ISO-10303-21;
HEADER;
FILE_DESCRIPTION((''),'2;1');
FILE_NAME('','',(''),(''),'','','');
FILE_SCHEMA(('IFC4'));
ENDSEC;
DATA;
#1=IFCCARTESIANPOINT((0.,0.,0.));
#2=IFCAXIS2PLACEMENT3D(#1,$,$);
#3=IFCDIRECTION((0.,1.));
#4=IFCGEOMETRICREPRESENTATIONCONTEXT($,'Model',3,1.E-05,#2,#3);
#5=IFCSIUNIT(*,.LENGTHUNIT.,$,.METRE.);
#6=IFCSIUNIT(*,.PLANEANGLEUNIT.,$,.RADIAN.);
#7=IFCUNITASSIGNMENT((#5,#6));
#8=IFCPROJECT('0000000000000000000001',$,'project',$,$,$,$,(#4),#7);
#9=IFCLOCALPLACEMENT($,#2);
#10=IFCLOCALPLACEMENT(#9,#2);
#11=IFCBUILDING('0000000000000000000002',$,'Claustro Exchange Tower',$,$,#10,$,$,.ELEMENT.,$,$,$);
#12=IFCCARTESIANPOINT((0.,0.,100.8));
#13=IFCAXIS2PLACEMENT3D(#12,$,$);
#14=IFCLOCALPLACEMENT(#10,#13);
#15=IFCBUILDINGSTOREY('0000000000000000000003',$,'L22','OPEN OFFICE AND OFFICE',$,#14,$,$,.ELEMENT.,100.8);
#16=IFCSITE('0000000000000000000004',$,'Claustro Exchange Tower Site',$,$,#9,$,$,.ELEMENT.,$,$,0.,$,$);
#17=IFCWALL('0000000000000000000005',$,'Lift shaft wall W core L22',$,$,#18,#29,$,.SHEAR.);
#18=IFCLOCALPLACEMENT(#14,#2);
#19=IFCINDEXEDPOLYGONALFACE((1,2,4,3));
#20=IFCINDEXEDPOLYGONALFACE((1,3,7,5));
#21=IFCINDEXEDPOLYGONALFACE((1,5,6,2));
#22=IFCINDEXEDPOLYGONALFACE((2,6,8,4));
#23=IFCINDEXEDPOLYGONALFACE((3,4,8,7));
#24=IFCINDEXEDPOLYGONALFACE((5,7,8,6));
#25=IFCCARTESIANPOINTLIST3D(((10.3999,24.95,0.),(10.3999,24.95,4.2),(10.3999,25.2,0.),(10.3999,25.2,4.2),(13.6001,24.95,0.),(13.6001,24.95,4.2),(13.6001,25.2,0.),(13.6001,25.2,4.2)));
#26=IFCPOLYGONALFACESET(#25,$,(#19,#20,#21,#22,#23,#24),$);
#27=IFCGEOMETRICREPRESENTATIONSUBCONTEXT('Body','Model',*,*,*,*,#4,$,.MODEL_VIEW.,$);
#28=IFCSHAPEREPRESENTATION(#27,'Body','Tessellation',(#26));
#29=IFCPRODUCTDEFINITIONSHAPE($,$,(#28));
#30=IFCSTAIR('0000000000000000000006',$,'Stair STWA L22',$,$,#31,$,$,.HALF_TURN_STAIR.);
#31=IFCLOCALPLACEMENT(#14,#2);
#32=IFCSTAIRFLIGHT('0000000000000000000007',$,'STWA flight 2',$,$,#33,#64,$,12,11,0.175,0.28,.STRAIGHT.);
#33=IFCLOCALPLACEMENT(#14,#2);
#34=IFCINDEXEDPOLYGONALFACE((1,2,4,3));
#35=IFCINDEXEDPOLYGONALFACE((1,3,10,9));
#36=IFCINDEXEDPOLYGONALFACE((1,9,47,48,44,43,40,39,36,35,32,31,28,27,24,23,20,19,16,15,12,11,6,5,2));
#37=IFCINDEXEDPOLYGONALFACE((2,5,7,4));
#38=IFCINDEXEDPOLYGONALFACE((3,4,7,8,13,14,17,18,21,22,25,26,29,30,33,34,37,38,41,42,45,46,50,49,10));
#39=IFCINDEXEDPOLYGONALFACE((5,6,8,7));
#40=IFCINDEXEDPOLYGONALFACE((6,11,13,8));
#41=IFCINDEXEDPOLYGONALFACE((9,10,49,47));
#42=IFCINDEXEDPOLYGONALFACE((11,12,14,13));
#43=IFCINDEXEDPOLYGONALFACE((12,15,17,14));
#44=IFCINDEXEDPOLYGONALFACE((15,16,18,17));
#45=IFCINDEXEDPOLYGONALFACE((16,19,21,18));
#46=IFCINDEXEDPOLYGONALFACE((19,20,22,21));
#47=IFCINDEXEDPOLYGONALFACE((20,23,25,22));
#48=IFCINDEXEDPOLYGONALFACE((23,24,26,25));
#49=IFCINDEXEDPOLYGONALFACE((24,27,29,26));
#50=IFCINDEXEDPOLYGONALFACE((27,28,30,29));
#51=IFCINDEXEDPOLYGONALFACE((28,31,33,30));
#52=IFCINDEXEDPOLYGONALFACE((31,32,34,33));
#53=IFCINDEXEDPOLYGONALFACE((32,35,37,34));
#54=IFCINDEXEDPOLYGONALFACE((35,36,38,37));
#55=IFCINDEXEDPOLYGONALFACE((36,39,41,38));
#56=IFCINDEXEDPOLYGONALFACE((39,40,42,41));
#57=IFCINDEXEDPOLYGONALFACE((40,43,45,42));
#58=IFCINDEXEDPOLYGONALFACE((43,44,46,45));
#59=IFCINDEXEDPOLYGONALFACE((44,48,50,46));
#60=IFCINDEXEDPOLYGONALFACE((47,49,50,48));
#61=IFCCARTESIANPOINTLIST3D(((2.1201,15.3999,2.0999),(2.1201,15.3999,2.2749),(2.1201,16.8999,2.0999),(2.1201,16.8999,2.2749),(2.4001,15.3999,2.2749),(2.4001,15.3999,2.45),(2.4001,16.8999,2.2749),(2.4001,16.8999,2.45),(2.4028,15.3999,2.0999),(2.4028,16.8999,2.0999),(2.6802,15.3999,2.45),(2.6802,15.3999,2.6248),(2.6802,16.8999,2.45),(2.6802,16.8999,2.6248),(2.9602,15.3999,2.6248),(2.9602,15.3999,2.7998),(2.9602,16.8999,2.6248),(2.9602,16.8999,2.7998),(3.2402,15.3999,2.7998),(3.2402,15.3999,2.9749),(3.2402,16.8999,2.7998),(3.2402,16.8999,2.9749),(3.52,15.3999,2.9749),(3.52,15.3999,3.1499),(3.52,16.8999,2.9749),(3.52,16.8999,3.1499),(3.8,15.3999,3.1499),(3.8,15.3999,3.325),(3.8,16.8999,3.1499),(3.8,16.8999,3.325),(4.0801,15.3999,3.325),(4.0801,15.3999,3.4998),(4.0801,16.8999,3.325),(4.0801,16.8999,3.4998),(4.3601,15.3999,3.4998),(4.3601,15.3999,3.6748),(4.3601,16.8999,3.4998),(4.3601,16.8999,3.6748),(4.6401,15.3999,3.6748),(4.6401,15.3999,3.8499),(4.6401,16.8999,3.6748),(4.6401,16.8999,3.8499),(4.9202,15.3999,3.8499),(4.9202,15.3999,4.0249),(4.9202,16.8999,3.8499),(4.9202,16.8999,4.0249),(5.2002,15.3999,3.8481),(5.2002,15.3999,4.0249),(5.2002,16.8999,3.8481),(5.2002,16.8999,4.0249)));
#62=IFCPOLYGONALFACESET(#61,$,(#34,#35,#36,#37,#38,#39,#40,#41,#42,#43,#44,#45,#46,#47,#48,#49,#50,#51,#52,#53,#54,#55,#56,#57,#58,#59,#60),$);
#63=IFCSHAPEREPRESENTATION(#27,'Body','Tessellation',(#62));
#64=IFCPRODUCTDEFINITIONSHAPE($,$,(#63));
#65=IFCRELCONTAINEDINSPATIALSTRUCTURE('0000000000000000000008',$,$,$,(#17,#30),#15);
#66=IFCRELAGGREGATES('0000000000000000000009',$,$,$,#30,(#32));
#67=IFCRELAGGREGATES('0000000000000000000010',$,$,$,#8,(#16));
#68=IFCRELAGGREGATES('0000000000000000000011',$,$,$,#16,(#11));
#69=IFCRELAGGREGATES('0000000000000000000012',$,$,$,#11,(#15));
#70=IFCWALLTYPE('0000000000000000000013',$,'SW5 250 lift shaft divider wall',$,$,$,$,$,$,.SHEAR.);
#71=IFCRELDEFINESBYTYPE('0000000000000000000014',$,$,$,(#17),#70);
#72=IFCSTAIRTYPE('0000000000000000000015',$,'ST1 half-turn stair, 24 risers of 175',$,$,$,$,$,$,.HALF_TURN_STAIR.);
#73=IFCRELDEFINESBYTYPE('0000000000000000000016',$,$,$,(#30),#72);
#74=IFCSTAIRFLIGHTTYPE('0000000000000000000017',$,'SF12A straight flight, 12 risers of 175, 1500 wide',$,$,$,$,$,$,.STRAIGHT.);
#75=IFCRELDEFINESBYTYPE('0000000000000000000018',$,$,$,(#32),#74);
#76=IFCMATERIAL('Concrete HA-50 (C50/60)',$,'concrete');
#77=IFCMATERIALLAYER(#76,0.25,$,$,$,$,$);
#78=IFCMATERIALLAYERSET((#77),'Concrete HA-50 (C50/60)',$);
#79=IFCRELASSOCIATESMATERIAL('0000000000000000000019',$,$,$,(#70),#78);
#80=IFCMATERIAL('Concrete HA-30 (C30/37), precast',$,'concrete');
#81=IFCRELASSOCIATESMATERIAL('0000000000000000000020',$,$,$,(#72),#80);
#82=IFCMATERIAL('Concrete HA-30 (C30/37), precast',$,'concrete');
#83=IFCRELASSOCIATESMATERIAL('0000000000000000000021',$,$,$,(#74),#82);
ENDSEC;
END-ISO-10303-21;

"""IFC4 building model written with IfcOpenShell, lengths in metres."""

from ifc_helpers import new_model, si_unit, direction, frame, frame_2d, origin, place, context, subcontext, project, spatial, polyline, rectangle, outline, extrude, material, layer, layer_set, type_object, element, aggregate, save


model = new_model("IFC4")

# Units and contexts
model_context = context("Model", 3, precision=1e-05, world=origin(), true_north=direction((0.0, 1.0)))
body_context = subcontext(model_context, "Body", "Model", "MODEL_VIEW")
ifc_project = project(units=[si_unit("LENGTHUNIT", "METRE"), si_unit("PLANEANGLEUNIT", "RADIAN")], contexts=[model_context])

# Site, building, storey
site_placement = place(None, origin())
site = spatial("IfcSite", under=ifc_project, at=site_placement, Name="Claustro Exchange Tower Site", CompositionType="ELEMENT", RefElevation=0.0)
building_placement = place(site_placement, origin())
building = spatial("IfcBuilding", under=site, at=building_placement, Name="Claustro Exchange Tower", CompositionType="ELEMENT")
storey_placement = place(building_placement, frame((0.0, 0.0, 100.8)))
storey = spatial("IfcBuildingStorey", under=building, at=storey_placement, Name="L22", Description="OPEN OFFICE AND OFFICE", CompositionType="ELEMENT", Elevation=100.8)

# Wall
ifc_material_1 = material(Name="Concrete HA-50 (C50/60)", Category="concrete")
ifc_layer_1 = layer(ifc_material_1, 0.25)
ifc_layer_set_1 = layer_set([ifc_layer_1], Name="Concrete HA-50 (C50/60)")
wall_type_1 = type_object("IfcWallType", Name="SW5 250 lift shaft divider wall", PredefinedType="SHEAR", material=ifc_layer_set_1)
wall_1_placement = place(storey_placement, frame((10.3999, 25.075, 0.0), z_axis=(0.0, 0.0, 1.0), x_axis=(1.0, 0.0, 0.0)))
element("IfcWall", 1, at=wall_1_placement, inside=storey, type_object=wall_type_1, Name="Lift shaft wall W core L22", PredefinedType="SHEAR", context=body_context, shape_type="SweptSolid", body=[
    extrude(rectangle(XDim=3.2002, YDim=0.25, at=frame_2d((1.6001, 0.0))), origin(), (0.0, 0.0, 1.0), 4.2),
])

# Stair, stair flight
ifc_material_2 = material(Name="Concrete HA-30 (C30/37), precast", Category="concrete")
stair_type = type_object("IfcStairType", Name="ST1 half-turn stair, 24 risers of 175", PredefinedType="HALF_TURN_STAIR", material=ifc_material_2)
stair_placement = place(storey_placement, origin())
stair = element("IfcStair", 2, at=stair_placement, inside=storey, type_object=stair_type, Name="Stair STWA L22", PredefinedType="HALF_TURN_STAIR")
ifc_material_3 = material(Name="Concrete HA-30 (C30/37), precast", Category="concrete")
stair_flight_type = type_object("IfcStairFlightType", Name="SF12A straight flight, 12 risers of 175, 1500 wide", PredefinedType="STRAIGHT", material=ifc_material_3)
stair_flight_placement = place(storey_placement, frame((2.1201, 16.1499, 2.0999), z_axis=(0.0, 0.0, 1.0), x_axis=(1.0, 0.0, 0.0)))
stair_flight = element("IfcStairFlight", 3, at=stair_flight_placement, type_object=stair_flight_type, Name="STWA flight 2", NumberOfRisers=12, NumberOfTreads=11, PredefinedType="STRAIGHT", RiserHeight=0.175, TreadLength=0.28, context=body_context, shape_type="SweptSolid", body=[
    extrude(outline(polyline([(0.0, 0.0), (0.0, 0.175), (0.28, 0.175), (0.28, 0.3501), (0.5601, 0.3501), (0.5601, 0.5249), (0.8401, 0.5249), (0.8401, 0.7), (1.1201, 0.7), (1.1201, 0.875), (1.3999, 0.875), (1.3999, 1.05), (1.6799, 1.05), (1.6799, 1.2251), (1.96, 1.2251), (1.96, 1.3999), (2.24, 1.3999), (2.24, 1.575), (2.52, 1.575), (2.52, 1.75), (2.8, 1.75), (2.8, 1.925), (3.0801, 1.925), (3.0801, 2.1001), (3.0801, 1.7483), (0.2827, 0.0), (0.0, 0.0)])), frame((0.0, 0.75, 0.0), z_axis=(0.0, -1.0, 0.0), x_axis=(1.0, 0.0, 0.0)), (0.0, 0.0, 1.0), 1.5),
])
aggregate(stair, [stair_flight])

save(model, "model.ifc")
